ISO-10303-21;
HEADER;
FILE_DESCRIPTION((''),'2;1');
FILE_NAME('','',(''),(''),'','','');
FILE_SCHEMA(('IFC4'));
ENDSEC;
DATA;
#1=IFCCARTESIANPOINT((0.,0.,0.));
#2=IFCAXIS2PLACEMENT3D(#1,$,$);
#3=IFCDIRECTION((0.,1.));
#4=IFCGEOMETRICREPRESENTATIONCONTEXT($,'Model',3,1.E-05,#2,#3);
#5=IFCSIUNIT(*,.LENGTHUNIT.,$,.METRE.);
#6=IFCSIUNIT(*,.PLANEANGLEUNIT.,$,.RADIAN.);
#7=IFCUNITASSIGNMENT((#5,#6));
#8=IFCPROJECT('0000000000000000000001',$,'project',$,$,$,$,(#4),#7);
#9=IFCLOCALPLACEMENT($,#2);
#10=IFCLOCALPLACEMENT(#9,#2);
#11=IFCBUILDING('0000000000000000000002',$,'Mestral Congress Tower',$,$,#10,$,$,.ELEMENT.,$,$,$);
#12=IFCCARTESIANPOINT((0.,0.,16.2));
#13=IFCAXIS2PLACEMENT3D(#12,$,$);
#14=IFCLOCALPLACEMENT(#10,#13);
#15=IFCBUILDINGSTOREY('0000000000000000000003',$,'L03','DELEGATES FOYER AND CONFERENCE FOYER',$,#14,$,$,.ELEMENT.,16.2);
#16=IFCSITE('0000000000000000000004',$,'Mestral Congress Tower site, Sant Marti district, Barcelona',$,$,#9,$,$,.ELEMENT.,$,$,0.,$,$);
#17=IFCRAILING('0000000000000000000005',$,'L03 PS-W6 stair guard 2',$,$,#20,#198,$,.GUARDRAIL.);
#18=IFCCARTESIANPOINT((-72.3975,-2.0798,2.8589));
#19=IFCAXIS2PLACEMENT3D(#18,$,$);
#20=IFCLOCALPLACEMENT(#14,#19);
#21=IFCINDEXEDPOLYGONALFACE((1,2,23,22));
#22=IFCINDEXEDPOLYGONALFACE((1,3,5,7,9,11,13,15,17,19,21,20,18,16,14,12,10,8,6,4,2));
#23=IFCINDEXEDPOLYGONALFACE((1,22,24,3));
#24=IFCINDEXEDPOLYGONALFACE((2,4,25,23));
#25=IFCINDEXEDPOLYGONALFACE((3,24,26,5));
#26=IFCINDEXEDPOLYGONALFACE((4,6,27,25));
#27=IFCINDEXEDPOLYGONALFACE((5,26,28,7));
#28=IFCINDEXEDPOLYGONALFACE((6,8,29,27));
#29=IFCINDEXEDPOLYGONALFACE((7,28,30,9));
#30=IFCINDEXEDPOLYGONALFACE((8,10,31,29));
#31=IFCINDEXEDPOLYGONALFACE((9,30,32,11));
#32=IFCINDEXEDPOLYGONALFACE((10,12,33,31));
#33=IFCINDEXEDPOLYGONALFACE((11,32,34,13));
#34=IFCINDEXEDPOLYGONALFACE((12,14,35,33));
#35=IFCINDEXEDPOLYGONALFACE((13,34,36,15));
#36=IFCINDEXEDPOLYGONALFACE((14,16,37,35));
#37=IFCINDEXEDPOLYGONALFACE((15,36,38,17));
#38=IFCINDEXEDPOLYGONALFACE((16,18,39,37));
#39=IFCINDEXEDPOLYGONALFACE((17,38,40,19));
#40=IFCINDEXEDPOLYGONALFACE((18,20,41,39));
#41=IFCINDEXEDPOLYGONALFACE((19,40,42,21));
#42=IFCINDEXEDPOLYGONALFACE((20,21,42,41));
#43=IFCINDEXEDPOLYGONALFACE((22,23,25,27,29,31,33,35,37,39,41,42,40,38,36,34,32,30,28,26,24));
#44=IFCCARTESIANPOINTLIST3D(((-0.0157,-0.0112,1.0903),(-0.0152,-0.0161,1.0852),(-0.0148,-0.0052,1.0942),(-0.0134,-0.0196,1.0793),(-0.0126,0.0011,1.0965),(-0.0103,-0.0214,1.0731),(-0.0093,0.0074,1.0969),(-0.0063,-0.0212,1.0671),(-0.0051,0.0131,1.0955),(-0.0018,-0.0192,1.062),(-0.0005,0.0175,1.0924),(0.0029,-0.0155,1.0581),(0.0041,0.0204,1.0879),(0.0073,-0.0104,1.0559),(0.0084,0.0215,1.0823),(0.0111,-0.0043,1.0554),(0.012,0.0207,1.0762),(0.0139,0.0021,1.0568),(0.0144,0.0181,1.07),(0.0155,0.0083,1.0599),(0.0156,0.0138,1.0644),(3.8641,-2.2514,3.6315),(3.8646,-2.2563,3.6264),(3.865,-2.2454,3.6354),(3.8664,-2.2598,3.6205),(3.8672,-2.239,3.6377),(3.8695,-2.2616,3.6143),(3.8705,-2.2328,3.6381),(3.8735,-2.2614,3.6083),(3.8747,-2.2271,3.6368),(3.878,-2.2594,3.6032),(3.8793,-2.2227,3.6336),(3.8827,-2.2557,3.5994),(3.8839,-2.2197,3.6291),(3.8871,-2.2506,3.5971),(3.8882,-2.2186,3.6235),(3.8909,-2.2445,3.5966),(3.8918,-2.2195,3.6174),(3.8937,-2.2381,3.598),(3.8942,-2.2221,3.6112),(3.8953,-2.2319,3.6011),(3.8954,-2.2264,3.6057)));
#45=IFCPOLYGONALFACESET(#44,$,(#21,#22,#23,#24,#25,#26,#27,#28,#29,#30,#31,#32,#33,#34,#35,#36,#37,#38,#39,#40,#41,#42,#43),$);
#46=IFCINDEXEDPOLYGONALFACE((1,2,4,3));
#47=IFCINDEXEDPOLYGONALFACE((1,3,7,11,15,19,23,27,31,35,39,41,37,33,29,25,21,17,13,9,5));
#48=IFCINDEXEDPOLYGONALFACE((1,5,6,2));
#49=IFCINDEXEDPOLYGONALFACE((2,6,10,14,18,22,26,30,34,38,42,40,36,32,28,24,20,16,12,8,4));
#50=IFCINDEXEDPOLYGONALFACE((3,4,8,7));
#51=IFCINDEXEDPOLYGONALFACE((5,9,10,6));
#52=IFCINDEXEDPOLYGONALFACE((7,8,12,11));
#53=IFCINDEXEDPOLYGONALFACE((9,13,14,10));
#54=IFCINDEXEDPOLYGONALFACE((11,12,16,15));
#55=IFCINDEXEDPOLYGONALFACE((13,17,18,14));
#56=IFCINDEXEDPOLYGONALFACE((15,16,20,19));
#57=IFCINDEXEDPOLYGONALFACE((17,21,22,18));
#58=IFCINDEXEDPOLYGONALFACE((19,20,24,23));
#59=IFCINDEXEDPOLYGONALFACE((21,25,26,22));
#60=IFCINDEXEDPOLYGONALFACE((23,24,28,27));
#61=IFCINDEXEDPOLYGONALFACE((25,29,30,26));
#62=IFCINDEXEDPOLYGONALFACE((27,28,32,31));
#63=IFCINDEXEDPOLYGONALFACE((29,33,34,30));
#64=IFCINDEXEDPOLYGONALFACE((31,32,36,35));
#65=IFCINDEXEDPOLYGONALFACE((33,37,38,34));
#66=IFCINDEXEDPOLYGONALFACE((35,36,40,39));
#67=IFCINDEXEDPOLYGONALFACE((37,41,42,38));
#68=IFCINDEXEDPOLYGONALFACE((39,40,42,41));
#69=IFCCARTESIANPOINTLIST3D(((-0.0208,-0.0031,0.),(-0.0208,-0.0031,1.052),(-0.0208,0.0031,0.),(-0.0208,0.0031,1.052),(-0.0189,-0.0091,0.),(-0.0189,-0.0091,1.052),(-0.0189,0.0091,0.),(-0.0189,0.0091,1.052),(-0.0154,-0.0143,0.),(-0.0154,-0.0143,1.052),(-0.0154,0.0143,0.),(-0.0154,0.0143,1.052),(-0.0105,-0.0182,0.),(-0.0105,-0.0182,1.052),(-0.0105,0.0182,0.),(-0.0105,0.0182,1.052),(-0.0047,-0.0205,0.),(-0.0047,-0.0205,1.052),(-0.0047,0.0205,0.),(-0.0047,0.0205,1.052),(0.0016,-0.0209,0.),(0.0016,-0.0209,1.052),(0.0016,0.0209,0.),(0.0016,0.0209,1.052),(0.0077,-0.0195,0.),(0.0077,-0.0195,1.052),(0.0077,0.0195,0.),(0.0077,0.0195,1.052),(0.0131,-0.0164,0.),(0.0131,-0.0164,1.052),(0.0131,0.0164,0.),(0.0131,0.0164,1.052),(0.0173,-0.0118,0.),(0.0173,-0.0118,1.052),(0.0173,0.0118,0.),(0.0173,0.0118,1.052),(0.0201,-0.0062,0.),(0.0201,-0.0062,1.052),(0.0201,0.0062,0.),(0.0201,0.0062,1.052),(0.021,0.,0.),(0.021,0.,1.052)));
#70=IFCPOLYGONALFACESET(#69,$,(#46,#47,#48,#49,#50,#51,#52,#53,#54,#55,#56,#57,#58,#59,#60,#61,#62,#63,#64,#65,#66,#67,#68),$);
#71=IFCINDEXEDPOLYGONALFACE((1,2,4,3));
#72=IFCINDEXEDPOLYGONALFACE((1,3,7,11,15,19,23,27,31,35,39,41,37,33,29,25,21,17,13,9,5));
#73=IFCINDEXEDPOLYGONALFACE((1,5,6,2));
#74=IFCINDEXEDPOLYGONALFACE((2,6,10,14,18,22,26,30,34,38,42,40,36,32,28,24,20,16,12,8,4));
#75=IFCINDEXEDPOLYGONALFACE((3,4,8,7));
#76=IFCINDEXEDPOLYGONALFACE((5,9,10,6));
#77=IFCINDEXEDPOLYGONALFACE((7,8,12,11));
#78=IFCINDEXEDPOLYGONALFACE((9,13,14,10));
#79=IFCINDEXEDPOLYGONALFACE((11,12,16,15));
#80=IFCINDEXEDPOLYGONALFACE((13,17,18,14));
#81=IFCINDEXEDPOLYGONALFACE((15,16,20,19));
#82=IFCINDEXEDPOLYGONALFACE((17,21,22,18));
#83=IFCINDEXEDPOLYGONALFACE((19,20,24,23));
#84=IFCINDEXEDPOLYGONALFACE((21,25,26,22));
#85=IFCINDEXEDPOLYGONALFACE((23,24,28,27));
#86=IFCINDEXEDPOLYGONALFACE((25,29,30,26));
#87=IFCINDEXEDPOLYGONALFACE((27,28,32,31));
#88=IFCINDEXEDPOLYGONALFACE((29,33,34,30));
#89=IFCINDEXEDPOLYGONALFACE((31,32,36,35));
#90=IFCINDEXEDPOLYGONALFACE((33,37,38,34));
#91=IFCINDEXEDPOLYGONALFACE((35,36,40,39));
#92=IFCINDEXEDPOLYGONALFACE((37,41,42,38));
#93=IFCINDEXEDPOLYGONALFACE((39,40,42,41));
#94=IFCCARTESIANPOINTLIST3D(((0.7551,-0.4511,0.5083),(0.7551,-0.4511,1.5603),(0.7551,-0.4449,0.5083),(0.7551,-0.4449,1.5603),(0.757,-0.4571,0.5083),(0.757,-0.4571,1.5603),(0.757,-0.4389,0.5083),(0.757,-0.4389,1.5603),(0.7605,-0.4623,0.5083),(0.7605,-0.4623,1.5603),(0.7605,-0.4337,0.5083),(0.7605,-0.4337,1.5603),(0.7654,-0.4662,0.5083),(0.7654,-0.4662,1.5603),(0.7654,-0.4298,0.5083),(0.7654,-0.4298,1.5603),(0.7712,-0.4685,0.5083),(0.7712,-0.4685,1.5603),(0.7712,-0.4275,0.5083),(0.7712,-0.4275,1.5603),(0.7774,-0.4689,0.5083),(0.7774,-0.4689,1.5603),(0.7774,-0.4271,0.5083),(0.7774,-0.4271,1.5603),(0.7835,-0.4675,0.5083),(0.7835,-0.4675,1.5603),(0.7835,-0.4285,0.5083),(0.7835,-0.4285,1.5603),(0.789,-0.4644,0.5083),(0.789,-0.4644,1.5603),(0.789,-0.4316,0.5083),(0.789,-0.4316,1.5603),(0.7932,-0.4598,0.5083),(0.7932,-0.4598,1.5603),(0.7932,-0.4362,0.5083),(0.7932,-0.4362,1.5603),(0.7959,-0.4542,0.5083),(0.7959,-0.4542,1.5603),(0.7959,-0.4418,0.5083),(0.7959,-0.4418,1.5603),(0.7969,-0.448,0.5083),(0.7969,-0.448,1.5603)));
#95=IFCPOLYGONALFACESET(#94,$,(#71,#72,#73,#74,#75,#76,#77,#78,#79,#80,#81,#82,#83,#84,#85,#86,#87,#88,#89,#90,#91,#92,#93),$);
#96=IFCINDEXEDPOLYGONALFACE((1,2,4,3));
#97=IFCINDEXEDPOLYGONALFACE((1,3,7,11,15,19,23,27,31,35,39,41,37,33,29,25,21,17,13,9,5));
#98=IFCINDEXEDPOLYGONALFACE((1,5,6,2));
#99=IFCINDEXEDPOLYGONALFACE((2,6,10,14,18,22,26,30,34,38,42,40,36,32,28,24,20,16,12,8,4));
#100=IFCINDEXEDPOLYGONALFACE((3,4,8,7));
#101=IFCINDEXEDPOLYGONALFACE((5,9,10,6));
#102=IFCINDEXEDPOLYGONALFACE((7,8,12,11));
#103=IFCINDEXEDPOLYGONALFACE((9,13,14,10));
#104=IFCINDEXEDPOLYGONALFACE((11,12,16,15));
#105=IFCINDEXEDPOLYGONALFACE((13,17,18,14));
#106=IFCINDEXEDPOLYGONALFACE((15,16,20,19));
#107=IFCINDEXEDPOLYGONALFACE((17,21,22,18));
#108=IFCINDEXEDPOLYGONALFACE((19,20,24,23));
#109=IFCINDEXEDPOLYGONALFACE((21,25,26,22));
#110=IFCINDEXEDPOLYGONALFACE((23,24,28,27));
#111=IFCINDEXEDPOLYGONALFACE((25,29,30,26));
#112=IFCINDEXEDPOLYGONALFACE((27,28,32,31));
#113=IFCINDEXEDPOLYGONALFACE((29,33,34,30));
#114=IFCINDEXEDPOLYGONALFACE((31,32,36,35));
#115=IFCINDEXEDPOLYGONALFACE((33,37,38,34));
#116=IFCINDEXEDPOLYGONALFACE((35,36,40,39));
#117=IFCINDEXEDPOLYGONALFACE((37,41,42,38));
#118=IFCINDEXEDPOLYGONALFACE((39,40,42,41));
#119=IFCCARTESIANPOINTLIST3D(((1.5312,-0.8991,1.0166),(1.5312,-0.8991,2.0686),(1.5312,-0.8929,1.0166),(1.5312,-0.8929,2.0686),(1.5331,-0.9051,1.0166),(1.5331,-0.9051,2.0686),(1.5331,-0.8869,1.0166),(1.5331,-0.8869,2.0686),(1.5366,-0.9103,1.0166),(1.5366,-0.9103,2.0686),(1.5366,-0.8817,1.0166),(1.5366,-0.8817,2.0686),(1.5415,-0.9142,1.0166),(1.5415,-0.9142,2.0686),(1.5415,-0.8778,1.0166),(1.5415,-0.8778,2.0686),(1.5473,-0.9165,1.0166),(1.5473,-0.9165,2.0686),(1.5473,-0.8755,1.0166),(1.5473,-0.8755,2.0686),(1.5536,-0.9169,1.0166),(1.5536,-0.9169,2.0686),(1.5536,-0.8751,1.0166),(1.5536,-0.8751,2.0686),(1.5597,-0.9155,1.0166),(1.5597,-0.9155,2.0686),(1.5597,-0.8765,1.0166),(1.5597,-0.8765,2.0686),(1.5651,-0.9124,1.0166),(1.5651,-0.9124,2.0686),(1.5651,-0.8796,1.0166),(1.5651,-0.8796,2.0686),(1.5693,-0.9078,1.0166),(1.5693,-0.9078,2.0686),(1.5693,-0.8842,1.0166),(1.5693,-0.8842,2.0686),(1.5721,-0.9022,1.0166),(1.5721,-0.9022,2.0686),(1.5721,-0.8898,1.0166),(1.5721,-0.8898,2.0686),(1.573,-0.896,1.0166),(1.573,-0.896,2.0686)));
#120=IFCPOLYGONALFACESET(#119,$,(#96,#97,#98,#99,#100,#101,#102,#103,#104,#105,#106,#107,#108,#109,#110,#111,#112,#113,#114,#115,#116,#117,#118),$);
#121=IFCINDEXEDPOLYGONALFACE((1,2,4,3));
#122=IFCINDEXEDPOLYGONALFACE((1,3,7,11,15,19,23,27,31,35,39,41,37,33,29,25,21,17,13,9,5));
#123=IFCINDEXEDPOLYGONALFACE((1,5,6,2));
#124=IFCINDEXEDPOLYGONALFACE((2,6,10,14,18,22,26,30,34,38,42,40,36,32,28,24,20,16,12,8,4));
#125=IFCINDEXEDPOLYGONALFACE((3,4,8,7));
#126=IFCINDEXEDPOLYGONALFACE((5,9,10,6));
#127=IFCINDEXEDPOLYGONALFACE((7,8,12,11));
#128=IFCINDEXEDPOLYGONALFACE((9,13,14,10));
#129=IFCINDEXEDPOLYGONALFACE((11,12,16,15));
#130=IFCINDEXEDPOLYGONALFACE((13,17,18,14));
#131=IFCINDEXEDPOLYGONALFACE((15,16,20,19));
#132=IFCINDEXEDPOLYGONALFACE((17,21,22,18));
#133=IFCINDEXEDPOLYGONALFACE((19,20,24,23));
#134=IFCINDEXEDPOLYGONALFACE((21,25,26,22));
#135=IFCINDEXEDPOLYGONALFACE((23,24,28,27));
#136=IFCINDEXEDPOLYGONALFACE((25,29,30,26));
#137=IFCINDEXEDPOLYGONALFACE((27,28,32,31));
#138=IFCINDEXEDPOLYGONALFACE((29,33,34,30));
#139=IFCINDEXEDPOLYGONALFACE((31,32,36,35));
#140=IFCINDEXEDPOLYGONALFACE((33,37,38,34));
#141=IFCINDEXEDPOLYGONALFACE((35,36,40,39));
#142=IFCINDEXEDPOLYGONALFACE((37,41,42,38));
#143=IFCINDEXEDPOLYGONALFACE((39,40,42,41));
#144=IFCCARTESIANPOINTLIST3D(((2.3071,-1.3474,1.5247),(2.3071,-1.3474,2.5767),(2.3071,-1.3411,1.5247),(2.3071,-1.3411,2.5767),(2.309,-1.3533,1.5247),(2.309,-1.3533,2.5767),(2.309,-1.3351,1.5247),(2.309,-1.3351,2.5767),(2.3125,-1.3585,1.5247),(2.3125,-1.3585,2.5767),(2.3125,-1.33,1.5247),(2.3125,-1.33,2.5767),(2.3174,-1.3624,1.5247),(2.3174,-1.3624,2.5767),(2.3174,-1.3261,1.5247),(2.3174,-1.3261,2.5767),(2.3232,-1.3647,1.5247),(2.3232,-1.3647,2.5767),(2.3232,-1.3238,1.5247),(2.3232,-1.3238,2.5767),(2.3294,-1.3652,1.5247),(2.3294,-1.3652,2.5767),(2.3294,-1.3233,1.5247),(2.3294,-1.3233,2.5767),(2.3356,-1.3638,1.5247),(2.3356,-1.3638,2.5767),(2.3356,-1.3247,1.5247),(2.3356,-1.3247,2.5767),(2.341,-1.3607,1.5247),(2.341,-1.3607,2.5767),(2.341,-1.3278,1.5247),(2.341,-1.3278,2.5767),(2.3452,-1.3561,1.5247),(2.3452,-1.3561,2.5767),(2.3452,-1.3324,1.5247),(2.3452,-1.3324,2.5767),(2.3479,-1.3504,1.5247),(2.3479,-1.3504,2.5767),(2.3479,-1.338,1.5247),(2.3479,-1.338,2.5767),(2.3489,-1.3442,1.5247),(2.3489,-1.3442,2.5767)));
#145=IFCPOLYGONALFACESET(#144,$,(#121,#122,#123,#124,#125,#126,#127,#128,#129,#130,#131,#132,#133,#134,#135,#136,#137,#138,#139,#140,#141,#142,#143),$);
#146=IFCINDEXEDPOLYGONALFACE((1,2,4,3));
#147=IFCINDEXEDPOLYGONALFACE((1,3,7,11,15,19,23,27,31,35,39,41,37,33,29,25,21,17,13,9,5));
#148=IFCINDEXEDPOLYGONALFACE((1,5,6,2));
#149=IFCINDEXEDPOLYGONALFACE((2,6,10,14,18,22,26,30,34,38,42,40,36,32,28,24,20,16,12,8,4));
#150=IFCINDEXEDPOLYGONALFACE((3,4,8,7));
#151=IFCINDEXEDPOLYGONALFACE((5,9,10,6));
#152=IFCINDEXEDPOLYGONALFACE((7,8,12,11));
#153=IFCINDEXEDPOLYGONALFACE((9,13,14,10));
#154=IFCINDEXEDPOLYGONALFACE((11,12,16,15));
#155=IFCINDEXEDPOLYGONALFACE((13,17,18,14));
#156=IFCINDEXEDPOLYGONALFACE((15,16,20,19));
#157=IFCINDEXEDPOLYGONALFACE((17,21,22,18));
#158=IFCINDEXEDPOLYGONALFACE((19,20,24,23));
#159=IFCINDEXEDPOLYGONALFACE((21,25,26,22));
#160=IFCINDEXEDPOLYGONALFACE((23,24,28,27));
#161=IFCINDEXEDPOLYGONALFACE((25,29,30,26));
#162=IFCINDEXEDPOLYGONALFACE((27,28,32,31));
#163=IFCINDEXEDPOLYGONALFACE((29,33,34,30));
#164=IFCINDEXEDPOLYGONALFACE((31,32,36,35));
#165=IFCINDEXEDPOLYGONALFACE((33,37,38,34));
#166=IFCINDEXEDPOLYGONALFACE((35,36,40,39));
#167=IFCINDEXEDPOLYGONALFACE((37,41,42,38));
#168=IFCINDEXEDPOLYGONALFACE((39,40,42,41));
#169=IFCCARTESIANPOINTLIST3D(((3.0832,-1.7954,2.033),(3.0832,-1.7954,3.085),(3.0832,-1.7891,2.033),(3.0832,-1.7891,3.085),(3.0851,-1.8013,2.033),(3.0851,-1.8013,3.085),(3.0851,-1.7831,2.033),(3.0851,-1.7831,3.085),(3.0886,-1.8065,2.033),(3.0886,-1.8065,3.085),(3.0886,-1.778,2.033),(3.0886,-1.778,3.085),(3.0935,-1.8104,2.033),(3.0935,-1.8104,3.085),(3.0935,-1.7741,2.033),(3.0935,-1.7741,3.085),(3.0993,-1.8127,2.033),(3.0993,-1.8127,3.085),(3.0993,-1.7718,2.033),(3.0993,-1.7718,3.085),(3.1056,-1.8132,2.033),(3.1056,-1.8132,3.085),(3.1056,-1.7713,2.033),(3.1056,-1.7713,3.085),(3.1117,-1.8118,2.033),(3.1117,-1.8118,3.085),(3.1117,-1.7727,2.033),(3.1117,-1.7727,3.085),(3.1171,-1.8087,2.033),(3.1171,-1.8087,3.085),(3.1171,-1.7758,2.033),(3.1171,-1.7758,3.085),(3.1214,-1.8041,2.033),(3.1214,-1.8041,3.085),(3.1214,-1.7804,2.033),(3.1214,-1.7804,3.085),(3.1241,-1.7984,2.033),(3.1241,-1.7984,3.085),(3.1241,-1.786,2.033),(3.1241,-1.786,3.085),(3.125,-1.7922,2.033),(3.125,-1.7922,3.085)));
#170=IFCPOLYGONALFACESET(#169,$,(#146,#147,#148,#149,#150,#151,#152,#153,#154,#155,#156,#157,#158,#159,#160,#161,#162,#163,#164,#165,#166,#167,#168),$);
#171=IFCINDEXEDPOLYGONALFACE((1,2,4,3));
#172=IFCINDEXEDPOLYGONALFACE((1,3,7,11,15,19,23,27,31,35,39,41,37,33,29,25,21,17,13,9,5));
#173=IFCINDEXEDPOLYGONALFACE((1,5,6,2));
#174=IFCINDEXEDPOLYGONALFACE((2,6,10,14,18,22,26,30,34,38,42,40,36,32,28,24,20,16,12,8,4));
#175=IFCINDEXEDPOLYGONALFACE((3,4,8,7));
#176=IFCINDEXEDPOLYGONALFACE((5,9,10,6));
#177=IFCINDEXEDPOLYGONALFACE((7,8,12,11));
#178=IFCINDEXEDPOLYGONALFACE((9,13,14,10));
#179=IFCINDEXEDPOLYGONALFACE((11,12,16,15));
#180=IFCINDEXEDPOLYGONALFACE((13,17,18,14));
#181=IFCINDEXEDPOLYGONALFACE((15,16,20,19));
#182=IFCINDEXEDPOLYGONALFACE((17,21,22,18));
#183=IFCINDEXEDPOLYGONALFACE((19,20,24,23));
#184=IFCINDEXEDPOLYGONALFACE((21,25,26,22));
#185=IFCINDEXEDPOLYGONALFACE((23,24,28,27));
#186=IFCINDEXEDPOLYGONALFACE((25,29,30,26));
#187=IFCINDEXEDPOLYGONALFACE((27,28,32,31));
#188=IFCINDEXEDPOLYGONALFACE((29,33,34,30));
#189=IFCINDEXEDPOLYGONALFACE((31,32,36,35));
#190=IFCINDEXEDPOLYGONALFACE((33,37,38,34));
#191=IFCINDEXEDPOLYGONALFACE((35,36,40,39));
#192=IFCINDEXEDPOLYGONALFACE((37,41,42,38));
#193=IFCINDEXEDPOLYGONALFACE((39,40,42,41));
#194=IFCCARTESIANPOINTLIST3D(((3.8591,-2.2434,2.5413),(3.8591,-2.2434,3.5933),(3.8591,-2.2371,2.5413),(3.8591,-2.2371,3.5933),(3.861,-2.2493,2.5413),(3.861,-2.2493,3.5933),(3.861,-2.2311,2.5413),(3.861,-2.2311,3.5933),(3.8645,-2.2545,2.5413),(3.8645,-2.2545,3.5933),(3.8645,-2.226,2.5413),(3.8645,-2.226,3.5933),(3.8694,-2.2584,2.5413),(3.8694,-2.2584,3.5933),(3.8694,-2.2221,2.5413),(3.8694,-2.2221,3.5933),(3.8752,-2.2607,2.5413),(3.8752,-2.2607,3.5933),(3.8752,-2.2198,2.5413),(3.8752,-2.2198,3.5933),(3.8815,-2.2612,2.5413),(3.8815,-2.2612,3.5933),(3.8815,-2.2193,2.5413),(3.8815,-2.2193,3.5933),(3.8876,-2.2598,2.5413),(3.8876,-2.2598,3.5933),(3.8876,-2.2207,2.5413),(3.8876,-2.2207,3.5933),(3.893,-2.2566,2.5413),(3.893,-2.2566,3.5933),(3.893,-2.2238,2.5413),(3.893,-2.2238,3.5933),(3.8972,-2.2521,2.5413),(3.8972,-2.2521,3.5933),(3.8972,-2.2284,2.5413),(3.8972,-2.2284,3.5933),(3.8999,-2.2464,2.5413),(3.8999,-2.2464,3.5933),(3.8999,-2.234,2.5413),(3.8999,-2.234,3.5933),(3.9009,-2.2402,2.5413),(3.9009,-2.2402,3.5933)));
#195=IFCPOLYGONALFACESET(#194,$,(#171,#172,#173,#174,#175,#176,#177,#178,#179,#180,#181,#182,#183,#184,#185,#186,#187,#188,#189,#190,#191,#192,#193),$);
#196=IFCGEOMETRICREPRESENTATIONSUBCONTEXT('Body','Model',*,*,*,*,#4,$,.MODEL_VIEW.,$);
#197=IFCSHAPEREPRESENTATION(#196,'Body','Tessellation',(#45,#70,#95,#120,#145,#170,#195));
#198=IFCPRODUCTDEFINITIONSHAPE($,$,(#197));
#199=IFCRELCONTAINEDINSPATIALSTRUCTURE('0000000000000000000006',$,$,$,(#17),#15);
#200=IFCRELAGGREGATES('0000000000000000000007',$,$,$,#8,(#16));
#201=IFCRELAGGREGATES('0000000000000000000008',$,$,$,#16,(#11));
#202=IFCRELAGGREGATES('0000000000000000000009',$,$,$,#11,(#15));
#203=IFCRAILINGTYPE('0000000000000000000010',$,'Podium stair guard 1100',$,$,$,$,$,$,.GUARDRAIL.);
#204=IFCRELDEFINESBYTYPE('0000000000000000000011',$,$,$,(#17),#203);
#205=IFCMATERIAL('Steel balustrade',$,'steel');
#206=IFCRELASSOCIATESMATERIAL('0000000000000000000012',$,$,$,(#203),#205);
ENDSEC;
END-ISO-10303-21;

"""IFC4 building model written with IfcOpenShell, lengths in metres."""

from ifc_helpers import new_model, si_unit, direction, frame, origin, origin_2d, place, context, subcontext, project, spatial, circle, extrude, material, type_object, element, save


model = new_model("IFC4")

# Units and contexts
model_context = context("Model", 3, precision=1e-05, world=origin(), true_north=direction((0.0, 1.0)))
body_context = subcontext(model_context, "Body", "Model", "MODEL_VIEW")
ifc_project = project(units=[si_unit("LENGTHUNIT", "METRE"), si_unit("PLANEANGLEUNIT", "RADIAN")], contexts=[model_context])

# Site, building, storey
site_placement = place(None, origin())
site = spatial("IfcSite", under=ifc_project, at=site_placement, Name="Mestral Congress Tower site, Sant Marti district, Barcelona", CompositionType="ELEMENT", RefElevation=0.0)
building_placement = place(site_placement, origin())
building = spatial("IfcBuilding", under=site, at=building_placement, Name="Mestral Congress Tower", CompositionType="ELEMENT")
storey_placement = place(building_placement, frame((0.0, 0.0, 16.2)))
storey = spatial("IfcBuildingStorey", under=building, at=storey_placement, Name="L03", Description="DELEGATES FOYER AND CONFERENCE FOYER", CompositionType="ELEMENT", Elevation=16.2)

# Railing
ifc_material_1 = material(Name="Steel balustrade", Category="steel")
railing_type_1 = type_object("IfcRailingType", Name="Podium stair guard 1100", PredefinedType="GUARDRAIL", material=ifc_material_1)
railing_1_placement = place(storey_placement, frame((-72.3975, -2.0798, 2.8589)))
element("IfcRailing", 1, at=railing_1_placement, inside=storey, type_object=railing_type_1, Name="L03 PS-W6 stair guard 2", PredefinedType="GUARDRAIL", context=body_context, shape_type="SweptSolid", body=[
    extrude(circle(Radius=0.0239, at=origin_2d()), frame((0.0, 0.0, 1.0762), z_axis=(0.753267, -0.434934, 0.493377), x_axis=(0.500031, 0.866008, 0.0)), (0.0, 0.0, 1.0), 5.1506),
    extrude(circle(Radius=0.021, at=origin_2d()), origin(), (0.0, 0.0, 1.0), 1.052),
    extrude(circle(Radius=0.021, at=origin_2d()), frame((0.7759, -0.448, 0.5083)), (0.0, 0.0, 1.0), 1.052),
    extrude(circle(Radius=0.021, at=origin_2d()), frame((1.552, -0.896, 1.0166)), (0.0, 0.0, 1.0), 1.052),
    extrude(circle(Radius=0.021, at=origin_2d()), frame((2.3279, -1.3442, 1.5247)), (0.0, 0.0, 1.0), 1.052),
    extrude(circle(Radius=0.021, at=origin_2d()), frame((3.104, -1.7922, 2.033)), (0.0, 0.0, 1.0), 1.052),
    extrude(circle(Radius=0.021, at=origin_2d()), frame((3.8799, -2.2402, 2.5413)), (0.0, 0.0, 1.0), 1.052),
])

save(model, "model.ifc")
